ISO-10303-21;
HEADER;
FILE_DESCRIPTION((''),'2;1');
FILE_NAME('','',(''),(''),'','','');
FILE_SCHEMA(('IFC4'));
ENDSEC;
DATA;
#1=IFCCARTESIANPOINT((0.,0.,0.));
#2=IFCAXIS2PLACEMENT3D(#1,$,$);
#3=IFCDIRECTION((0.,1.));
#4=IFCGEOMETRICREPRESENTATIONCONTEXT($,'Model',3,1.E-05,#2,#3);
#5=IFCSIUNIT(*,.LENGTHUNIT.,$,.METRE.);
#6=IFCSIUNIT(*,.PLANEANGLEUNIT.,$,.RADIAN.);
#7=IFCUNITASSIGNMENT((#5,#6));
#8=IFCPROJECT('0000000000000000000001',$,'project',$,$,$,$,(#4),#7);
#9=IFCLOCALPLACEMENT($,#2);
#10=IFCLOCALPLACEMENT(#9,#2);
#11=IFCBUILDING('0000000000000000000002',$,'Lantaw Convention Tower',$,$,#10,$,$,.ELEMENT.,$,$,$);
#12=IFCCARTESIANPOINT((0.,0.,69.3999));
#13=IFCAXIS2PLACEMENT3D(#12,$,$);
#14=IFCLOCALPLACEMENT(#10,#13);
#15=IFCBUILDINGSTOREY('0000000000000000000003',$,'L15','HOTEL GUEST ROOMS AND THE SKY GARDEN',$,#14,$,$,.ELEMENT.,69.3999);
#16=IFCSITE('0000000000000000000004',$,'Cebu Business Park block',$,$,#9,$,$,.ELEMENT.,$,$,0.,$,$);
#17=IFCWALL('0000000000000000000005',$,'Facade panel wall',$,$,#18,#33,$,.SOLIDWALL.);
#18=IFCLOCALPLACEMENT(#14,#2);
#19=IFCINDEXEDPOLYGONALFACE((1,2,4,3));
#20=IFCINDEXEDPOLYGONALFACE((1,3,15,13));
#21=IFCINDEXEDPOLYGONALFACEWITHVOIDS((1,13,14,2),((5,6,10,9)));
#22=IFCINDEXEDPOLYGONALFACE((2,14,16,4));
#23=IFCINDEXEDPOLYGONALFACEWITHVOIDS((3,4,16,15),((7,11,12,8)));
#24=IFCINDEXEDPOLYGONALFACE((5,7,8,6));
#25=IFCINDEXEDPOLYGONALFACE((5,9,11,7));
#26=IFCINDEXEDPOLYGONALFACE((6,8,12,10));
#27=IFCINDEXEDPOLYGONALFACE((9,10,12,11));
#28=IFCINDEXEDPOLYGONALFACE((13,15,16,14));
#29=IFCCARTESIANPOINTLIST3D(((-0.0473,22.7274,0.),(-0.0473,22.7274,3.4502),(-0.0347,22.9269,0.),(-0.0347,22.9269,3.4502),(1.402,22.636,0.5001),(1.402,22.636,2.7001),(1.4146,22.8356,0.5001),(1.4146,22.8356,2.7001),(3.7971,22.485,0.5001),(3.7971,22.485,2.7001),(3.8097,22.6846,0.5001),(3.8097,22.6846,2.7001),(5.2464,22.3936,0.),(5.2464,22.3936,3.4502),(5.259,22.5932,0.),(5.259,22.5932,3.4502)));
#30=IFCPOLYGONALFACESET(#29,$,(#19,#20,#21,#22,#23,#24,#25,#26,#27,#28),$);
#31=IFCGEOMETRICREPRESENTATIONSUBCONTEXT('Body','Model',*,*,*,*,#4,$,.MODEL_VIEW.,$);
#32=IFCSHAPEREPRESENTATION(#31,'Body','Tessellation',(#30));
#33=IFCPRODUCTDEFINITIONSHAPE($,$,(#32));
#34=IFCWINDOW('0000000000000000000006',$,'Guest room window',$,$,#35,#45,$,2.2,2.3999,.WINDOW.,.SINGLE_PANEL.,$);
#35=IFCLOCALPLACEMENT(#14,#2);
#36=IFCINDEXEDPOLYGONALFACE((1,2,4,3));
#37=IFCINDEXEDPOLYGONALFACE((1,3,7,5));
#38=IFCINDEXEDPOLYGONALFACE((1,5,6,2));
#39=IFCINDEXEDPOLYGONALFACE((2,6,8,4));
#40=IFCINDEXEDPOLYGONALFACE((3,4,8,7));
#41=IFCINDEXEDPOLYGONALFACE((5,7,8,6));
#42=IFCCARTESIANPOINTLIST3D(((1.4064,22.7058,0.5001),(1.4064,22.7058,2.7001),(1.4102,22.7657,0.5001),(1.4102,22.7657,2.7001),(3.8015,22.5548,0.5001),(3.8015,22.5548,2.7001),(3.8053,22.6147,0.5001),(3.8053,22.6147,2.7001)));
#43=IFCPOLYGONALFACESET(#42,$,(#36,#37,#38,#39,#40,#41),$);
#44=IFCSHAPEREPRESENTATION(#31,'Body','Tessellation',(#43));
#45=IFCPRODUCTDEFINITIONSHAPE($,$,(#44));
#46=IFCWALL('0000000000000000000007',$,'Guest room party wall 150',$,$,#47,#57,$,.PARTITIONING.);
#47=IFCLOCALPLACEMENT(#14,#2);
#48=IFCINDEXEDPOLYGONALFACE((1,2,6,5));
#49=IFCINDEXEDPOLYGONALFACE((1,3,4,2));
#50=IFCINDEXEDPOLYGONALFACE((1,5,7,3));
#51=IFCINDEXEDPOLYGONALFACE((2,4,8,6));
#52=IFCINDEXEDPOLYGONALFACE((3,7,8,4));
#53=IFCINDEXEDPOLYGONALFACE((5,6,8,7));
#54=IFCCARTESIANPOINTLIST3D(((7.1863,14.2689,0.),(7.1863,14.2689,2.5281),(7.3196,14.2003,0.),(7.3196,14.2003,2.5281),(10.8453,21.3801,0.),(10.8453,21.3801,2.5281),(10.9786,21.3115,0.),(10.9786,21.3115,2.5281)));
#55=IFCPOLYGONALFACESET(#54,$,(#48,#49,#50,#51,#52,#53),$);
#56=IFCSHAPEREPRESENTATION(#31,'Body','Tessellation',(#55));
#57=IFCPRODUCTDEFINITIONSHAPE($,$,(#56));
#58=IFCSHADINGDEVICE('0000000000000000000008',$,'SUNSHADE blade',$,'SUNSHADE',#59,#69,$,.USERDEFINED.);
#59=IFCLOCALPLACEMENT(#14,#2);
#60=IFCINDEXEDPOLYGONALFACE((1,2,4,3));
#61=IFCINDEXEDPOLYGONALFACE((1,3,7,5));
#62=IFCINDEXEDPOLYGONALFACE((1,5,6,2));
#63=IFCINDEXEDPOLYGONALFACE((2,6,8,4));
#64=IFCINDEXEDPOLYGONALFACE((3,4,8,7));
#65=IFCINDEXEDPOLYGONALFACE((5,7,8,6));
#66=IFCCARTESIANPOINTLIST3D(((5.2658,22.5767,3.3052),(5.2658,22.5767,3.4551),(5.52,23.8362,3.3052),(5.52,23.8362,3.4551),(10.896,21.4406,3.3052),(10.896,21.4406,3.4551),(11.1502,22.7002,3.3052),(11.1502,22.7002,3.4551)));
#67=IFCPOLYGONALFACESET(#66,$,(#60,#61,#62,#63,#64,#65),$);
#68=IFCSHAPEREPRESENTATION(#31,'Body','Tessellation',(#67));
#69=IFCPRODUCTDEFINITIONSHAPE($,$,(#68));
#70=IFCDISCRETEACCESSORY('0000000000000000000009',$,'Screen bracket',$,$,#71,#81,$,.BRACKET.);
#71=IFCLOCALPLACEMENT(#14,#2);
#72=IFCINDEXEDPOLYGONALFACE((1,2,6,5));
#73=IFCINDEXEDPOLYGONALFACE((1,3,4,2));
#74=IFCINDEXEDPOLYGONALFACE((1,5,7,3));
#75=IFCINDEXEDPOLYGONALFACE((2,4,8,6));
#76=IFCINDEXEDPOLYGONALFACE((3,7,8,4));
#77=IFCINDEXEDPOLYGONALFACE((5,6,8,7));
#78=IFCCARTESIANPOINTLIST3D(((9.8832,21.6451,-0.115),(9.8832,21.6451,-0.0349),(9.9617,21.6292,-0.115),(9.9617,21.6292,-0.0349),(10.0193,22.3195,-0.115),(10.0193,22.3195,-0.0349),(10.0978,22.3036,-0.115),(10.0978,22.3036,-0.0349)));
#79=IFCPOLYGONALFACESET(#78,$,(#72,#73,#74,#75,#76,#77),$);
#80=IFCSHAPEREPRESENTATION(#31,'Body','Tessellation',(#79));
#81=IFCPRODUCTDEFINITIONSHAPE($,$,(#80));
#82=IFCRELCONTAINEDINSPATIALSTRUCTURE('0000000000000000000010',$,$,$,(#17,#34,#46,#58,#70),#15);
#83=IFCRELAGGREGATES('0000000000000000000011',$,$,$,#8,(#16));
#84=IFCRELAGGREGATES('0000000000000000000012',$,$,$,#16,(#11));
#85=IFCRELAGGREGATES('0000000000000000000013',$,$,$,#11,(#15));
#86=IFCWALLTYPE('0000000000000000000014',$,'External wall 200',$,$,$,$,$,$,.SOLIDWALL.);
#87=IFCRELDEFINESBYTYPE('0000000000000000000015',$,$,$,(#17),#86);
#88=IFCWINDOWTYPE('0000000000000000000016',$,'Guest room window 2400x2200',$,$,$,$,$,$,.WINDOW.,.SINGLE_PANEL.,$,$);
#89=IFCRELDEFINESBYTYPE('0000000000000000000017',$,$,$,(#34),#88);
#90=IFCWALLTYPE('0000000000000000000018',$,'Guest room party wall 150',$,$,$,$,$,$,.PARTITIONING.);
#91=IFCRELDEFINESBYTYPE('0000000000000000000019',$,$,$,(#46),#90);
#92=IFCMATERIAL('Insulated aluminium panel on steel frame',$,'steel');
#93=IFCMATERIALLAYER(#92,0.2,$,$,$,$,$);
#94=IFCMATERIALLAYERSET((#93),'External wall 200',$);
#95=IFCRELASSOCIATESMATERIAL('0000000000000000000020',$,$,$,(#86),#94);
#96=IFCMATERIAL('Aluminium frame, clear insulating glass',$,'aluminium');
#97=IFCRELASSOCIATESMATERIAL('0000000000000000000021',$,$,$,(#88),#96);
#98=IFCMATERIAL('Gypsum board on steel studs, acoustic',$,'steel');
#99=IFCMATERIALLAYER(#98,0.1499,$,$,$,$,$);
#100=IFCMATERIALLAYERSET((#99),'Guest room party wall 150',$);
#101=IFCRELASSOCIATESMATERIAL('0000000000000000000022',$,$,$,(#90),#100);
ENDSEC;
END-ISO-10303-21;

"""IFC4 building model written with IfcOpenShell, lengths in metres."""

from ifc_helpers import new_model, si_unit, direction, frame, frame_2d, origin, origin_2d, place, context, subcontext, project, spatial, rectangle, extrude, material, layer, layer_set, type_object, element, fill, save


model = new_model("IFC4")

# Units and contexts
model_context = context("Model", 3, precision=1e-05, world=origin(), true_north=direction((0.0, 1.0)))
body_context = subcontext(model_context, "Body", "Model", "MODEL_VIEW")
ifc_project = project(units=[si_unit("LENGTHUNIT", "METRE"), si_unit("PLANEANGLEUNIT", "RADIAN")], contexts=[model_context])

# Site, building, storey
site_placement = place(None, origin())
site = spatial("IfcSite", under=ifc_project, at=site_placement, Name="Cebu Business Park block", CompositionType="ELEMENT", RefElevation=0.0)
building_placement = place(site_placement, origin())
building = spatial("IfcBuilding", under=site, at=building_placement, Name="Lantaw Convention Tower", CompositionType="ELEMENT")
storey_placement = place(building_placement, frame((0.0, 0.0, 69.3999)))
storey = spatial("IfcBuildingStorey", under=building, at=storey_placement, Name="L15", Description="HOTEL GUEST ROOMS AND THE SKY GARDEN", CompositionType="ELEMENT", Elevation=69.3999)

# Wall, opening, window
ifc_material_1 = material(Name="Insulated aluminium panel on steel frame", Category="steel")
ifc_layer_1 = layer(ifc_material_1, 0.2)
ifc_layer_set_1 = layer_set([ifc_layer_1], Name="External wall 200")
wall_type_1 = type_object("IfcWallType", Name="External wall 200", PredefinedType="SOLIDWALL", material=ifc_layer_set_1)
ifc_material_2 = material(Name="Aluminium frame, clear insulating glass", Category="aluminium")
window_type = type_object("IfcWindowType", Name="Guest room window 2400x2200", PartitioningType="SINGLE_PANEL", PredefinedType="WINDOW", material=ifc_material_2)
wall_1_placement = place(storey_placement, frame((5.2527, 22.4934, 0.0), z_axis=(0.0, 0.0, 1.0), x_axis=(-0.998019, 0.06292, 0.0)))
wall_1 = element("IfcWall", 1, at=wall_1_placement, inside=storey, type_object=wall_type_1, Name="Facade panel wall", PredefinedType="SOLIDWALL", context=body_context, shape_type="SweptSolid", body=[
    extrude(rectangle(XDim=5.3042, YDim=0.2, at=frame_2d((2.6521, 0.0))), origin(), (0.0, 0.0, 1.0), 3.4502),
])
opening_1_placement = place(wall_1_placement, frame((1.4521, 0.0, 0.5)))
opening_1 = element("IfcOpeningElement", 2, at=opening_1_placement, cuts=wall_1, PredefinedType="OPENING", context=body_context, shape_type="SweptSolid", body=[
    extrude(rectangle(XDim=2.3999, YDim=2.2, at=frame_2d((1.2, 1.1001))), frame((0.0, 0.1099, 0.0), z_axis=(0.0, -1.0, 0.0), x_axis=(1.0, 0.0, 0.0)), (0.0, 0.0, 1.0), 0.22),
])
window_1_placement = place(opening_1_placement, origin())
window_1 = element("IfcWindow", 3, at=window_1_placement, inside=storey, type_object=window_type, Name="Guest room window", OverallHeight=2.2, OverallWidth=2.3999, PartitioningType="SINGLE_PANEL", PredefinedType="WINDOW", context=body_context, shape_type="SweptSolid", body=[
    extrude(rectangle(XDim=2.3999, YDim=2.2, at=frame_2d((1.2, 1.1001))), frame((0.0, 0.03, 0.0), z_axis=(0.0, -1.0, 0.0), x_axis=(1.0, 0.0, 0.0)), (0.0, 0.0, 1.0), 0.0601),
])
fill(opening_1, window_1)

# Wall
ifc_material_3 = material(Name="Gypsum board on steel studs, acoustic", Category="steel")
ifc_layer_2 = layer(ifc_material_3, 0.1499)
ifc_layer_set_2 = layer_set([ifc_layer_2], Name="Guest room party wall 150")
wall_type_2 = type_object("IfcWallType", Name="Guest room party wall 150", PredefinedType="PARTITIONING", material=ifc_layer_set_2)
wall_2_placement = place(storey_placement, frame((10.9119, 21.3457, 0.0), z_axis=(0.0, 0.0, 1.0), x_axis=(-0.457527, -0.889196, 0.0)))
element("IfcWall", 4, at=wall_2_placement, inside=storey, type_object=wall_type_2, Name="Guest room party wall 150", PredefinedType="PARTITIONING", context=body_context, shape_type="SweptSolid", body=[
    extrude(rectangle(XDim=7.9973, YDim=0.1499, at=frame_2d((3.9985, 0.0))), origin(), (0.0, 0.0, 1.0), 2.5281),
])

# Shading device
shading_device_placement = place(storey_placement, frame((8.208, 22.6384, 3.3052), z_axis=(0.0, 0.0, 1.0), x_axis=(-0.980245, 0.197789, 0.0)))
element("IfcShadingDevice", 5, at=shading_device_placement, inside=storey, Name="SUNSHADE blade", ObjectType="SUNSHADE", PredefinedType="USERDEFINED", context=body_context, shape_type="SweptSolid", body=[
    extrude(rectangle(XDim=5.7437, YDim=1.2849, at=origin_2d()), origin(), (0.0, 0.0, 1.0), 0.1499),
])

# Discrete accessory
discrete_accessory_placement = place(storey_placement, frame((9.9905, 21.9744, -0.115), z_axis=(0.0, 0.0, 1.0), x_axis=(-0.980245, 0.197789, 0.0)))
element("IfcDiscreteAccessory", 6, at=discrete_accessory_placement, inside=storey, Name="Screen bracket", PredefinedType="BRACKET", context=body_context, shape_type="SweptSolid", body=[
    extrude(rectangle(XDim=0.0801, YDim=0.688, at=origin_2d()), origin(), (0.0, 0.0, 1.0), 0.0801),
])

save(model, "model.ifc")
